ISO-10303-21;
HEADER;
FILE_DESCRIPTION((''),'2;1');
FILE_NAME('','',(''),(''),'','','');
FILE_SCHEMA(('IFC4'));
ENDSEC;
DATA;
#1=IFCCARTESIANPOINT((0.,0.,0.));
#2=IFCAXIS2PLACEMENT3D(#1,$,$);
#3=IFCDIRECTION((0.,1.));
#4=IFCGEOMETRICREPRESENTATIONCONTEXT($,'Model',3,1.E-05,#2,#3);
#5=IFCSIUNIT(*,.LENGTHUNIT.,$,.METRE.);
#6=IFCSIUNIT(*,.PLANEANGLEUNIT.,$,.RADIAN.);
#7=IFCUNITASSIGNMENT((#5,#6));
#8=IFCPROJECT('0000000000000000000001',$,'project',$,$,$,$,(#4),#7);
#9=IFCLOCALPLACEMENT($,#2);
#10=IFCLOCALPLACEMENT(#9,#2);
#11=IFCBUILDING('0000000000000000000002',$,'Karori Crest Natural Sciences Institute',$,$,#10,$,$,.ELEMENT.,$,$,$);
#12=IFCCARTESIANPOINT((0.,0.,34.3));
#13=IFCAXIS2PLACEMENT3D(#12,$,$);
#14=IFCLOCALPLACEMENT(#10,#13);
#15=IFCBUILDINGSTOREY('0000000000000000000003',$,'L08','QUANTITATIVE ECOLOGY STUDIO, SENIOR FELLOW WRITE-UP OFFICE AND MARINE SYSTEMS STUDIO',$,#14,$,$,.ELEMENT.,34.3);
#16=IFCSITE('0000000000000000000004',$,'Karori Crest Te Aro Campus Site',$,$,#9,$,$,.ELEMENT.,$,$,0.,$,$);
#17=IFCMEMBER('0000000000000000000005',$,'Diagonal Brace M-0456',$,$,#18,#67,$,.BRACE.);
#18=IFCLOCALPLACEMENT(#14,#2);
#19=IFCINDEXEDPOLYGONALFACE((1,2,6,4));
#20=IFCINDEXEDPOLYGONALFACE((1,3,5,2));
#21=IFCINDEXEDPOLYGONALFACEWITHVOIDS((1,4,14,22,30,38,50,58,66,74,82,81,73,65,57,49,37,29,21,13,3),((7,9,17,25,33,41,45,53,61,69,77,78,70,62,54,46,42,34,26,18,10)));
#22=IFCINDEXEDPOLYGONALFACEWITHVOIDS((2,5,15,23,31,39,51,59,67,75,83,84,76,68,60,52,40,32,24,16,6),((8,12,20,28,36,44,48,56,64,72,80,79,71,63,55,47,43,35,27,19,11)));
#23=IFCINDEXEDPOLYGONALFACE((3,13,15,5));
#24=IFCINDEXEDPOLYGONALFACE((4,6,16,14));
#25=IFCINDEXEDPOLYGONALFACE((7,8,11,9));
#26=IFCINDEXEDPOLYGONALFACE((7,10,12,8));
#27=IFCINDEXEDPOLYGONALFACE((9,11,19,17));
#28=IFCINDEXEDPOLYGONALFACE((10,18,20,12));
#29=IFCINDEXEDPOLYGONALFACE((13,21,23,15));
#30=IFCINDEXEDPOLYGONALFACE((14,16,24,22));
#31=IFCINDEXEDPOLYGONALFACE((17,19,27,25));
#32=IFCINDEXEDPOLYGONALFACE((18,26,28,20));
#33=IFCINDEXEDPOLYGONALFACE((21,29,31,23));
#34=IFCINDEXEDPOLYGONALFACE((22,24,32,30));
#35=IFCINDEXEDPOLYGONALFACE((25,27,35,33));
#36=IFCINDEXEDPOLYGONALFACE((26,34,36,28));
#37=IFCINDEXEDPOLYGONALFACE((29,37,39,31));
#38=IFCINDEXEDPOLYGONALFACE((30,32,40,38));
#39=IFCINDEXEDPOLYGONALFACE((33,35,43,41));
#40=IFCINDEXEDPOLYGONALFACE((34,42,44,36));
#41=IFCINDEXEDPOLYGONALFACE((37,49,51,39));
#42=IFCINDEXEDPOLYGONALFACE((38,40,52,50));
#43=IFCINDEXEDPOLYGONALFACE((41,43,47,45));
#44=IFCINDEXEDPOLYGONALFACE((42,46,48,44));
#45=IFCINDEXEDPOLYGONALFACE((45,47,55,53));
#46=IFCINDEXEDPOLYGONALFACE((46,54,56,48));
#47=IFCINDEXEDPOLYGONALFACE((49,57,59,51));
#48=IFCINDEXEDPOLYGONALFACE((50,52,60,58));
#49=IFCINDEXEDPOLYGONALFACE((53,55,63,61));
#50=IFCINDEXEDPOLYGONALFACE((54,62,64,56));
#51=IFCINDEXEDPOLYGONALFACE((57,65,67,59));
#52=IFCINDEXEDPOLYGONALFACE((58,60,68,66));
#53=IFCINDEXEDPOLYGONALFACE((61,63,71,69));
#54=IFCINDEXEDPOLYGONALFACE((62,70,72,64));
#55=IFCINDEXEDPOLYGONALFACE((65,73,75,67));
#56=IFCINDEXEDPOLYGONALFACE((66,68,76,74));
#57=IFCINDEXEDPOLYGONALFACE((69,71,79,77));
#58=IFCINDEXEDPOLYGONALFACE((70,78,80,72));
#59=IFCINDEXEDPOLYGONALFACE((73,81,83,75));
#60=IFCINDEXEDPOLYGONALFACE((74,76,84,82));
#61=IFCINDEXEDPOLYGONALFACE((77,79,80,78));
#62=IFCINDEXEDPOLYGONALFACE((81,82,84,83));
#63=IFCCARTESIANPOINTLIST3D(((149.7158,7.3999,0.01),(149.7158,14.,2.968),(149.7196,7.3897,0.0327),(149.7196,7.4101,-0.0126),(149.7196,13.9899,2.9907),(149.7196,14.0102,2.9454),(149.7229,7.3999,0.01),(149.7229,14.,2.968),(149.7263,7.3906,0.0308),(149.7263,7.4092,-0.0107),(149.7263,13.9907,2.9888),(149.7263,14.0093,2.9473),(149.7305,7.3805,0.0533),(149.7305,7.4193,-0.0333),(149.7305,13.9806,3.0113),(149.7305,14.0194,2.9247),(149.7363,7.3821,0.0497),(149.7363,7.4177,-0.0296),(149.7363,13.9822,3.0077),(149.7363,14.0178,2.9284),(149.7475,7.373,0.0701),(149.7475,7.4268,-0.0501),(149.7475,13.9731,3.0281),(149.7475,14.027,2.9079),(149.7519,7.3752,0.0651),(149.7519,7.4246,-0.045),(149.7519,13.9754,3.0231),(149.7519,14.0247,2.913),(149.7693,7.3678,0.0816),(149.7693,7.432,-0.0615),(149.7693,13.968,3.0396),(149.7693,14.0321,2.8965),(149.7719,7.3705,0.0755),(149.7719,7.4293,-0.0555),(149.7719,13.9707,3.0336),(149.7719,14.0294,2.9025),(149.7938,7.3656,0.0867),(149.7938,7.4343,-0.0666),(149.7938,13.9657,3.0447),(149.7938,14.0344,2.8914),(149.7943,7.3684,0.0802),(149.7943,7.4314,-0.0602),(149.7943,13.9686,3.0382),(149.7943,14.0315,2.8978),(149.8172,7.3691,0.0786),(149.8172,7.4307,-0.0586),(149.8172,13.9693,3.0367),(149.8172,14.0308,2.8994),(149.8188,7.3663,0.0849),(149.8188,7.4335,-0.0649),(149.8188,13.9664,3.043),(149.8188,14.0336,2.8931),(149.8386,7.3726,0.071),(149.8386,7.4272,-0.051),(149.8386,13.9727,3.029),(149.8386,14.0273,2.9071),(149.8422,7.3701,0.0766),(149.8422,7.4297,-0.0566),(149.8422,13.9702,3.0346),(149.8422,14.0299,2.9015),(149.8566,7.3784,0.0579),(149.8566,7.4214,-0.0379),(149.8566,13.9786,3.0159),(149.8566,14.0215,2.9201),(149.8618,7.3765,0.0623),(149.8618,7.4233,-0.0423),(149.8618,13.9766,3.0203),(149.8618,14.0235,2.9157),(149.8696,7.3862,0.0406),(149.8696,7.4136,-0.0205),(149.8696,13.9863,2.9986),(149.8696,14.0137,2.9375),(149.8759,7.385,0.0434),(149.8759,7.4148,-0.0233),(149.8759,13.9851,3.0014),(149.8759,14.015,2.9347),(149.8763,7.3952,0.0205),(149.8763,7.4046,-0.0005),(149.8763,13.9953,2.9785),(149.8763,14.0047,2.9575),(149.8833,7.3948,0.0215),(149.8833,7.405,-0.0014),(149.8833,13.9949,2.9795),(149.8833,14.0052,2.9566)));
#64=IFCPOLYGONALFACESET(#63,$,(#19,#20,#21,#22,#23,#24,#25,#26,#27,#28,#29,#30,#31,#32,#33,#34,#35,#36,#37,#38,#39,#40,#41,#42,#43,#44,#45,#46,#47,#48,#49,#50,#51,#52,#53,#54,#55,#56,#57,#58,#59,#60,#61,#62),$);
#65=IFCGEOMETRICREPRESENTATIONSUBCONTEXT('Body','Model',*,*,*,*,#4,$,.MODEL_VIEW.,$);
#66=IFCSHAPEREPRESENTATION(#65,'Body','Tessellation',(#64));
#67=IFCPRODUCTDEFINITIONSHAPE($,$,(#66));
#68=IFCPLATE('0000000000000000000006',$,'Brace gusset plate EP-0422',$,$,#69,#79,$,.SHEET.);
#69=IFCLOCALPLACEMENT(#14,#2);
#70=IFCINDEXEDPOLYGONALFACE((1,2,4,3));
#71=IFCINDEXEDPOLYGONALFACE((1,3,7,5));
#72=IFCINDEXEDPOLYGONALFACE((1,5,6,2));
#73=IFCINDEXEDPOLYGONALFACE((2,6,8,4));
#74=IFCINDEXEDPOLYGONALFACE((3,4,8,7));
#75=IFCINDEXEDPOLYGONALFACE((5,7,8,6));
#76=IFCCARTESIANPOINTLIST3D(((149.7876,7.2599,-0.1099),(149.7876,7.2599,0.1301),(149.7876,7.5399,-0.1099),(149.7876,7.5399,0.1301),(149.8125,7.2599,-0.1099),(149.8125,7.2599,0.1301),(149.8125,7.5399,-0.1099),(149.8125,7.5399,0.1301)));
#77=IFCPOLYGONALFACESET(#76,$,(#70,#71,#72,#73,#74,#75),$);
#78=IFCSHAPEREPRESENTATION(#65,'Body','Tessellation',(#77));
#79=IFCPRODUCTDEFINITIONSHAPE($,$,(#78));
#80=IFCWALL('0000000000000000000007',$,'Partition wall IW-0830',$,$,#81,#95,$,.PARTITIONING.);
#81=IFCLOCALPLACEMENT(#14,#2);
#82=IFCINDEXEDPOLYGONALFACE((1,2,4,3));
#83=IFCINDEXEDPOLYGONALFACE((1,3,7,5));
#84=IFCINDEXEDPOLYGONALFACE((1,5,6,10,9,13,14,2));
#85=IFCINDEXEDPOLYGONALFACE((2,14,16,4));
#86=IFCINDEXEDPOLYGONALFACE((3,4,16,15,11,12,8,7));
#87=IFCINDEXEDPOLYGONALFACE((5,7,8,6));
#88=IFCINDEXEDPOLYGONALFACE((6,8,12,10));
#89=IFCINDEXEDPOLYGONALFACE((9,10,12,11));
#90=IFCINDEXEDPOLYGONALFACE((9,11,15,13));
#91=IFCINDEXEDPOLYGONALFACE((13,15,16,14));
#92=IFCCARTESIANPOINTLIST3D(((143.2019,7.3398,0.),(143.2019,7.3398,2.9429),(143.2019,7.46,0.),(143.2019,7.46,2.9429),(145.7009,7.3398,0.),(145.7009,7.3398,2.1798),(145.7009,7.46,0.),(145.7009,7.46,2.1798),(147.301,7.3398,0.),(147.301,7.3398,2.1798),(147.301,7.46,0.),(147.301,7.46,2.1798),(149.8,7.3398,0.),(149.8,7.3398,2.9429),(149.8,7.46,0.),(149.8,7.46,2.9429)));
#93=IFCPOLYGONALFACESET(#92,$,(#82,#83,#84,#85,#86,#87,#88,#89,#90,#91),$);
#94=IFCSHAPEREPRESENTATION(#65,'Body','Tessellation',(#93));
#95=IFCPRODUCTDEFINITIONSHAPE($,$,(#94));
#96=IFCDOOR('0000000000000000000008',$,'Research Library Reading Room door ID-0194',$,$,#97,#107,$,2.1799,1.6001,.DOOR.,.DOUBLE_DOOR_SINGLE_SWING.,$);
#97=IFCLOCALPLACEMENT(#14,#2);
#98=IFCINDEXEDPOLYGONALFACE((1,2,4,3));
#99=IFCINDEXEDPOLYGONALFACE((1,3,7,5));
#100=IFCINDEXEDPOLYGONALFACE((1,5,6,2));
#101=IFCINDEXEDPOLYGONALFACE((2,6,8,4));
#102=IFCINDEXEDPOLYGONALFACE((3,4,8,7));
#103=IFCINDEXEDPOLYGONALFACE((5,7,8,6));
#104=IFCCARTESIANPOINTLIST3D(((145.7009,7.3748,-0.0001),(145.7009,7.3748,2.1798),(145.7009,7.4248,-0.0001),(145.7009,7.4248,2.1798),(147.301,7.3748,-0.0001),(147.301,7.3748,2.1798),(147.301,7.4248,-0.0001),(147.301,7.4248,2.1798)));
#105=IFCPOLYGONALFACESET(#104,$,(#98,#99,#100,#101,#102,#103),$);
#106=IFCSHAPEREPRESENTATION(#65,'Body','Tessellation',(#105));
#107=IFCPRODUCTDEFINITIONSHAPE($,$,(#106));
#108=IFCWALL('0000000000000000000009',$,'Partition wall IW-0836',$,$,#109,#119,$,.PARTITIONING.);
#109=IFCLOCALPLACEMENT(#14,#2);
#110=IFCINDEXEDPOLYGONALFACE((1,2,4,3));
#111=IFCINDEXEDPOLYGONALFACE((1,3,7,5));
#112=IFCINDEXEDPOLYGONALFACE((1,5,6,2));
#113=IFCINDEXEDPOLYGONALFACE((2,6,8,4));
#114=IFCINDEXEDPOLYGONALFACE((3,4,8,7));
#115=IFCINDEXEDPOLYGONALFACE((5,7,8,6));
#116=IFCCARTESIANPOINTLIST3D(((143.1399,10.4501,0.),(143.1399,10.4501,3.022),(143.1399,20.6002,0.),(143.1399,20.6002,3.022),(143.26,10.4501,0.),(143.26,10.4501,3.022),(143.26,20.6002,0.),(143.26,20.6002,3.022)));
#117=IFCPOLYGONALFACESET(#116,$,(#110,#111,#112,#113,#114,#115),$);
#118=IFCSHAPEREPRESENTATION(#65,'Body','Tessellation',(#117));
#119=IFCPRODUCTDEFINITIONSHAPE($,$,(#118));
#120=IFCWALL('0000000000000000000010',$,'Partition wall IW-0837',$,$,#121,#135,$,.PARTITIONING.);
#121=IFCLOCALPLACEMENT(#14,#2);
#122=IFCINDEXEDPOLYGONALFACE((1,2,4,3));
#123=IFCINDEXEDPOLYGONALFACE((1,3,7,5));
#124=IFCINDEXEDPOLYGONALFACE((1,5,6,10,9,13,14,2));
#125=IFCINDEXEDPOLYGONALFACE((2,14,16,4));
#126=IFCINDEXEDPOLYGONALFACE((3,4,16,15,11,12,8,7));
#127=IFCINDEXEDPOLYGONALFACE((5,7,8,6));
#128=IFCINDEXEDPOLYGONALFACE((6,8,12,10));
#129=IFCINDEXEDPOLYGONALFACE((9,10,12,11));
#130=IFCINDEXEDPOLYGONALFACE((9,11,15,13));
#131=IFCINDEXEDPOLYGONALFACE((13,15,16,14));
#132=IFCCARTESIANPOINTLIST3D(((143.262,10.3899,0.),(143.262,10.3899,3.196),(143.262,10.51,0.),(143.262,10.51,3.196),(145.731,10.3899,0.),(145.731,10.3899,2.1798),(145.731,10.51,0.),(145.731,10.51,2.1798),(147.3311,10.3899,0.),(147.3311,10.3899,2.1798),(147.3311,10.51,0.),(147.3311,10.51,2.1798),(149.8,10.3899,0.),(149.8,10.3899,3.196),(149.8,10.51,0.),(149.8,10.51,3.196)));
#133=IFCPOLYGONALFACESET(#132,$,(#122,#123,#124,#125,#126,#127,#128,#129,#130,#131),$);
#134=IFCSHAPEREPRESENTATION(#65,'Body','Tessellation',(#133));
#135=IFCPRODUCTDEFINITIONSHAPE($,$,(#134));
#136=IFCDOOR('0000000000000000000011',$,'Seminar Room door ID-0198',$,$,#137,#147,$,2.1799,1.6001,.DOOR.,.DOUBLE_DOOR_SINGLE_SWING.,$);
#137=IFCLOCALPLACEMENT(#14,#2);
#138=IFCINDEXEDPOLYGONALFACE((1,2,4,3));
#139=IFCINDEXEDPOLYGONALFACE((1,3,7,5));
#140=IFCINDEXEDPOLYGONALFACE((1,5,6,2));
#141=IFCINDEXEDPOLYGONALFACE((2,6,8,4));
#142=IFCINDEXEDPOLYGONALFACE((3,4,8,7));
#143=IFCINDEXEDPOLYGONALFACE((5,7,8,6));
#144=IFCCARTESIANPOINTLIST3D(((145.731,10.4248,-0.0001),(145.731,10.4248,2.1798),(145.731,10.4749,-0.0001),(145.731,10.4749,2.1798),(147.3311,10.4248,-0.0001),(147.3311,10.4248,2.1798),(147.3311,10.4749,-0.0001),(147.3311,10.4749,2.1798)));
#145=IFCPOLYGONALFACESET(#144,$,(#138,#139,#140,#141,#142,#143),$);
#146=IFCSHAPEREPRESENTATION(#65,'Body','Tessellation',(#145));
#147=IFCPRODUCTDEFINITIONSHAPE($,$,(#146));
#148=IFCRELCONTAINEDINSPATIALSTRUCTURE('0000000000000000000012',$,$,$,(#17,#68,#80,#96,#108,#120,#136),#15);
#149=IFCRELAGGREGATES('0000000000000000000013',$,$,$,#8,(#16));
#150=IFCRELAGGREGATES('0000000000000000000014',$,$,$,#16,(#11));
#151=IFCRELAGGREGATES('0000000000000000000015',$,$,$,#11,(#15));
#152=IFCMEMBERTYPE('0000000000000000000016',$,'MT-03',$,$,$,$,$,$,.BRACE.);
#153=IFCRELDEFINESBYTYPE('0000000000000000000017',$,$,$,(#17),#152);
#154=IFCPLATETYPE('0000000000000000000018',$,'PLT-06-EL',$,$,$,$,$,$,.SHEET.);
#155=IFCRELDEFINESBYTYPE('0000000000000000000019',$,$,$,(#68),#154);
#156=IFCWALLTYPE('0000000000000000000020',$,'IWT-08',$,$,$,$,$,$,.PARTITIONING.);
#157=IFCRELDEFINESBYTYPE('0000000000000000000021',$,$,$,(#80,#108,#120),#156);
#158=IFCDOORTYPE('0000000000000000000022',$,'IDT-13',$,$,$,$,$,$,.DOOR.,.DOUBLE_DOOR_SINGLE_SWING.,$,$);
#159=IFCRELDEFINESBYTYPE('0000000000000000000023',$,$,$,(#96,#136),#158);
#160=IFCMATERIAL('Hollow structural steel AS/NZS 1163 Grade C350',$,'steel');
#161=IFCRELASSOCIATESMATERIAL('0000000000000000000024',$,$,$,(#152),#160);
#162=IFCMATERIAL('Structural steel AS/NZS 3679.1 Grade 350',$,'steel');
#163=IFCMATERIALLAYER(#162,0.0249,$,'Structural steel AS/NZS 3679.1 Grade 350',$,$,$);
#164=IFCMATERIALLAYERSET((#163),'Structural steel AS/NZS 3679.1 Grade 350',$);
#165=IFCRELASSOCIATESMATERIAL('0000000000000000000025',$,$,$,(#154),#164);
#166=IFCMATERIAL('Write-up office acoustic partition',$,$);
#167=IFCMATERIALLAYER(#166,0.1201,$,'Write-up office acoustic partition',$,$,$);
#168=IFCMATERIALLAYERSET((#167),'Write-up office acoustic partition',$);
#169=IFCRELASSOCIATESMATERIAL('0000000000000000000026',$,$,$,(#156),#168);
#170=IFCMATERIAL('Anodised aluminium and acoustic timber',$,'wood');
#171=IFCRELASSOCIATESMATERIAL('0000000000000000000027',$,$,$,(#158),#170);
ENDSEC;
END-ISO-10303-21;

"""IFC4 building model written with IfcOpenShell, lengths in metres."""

from ifc_helpers import new_model, si_unit, direction, frame, frame_2d, origin, origin_2d, place, context, subcontext, project, spatial, rectangle, hollow_circle, extrude, material, layer, layer_set, material_profile, profile_set, type_object, element, fill, save


model = new_model("IFC4")

# Units and contexts
model_context = context("Model", 3, precision=1e-05, world=origin(), true_north=direction((0.0, 1.0)))
body_context = subcontext(model_context, "Body", "Model", "MODEL_VIEW")
ifc_project = project(units=[si_unit("LENGTHUNIT", "METRE"), si_unit("PLANEANGLEUNIT", "RADIAN")], contexts=[model_context])

# Site, building, storey
site_placement = place(None, origin())
site = spatial("IfcSite", under=ifc_project, at=site_placement, Name="Karori Crest Te Aro Campus Site", CompositionType="ELEMENT", RefElevation=0.0)
building_placement = place(site_placement, origin())
building = spatial("IfcBuilding", under=site, at=building_placement, Name="Karori Crest Natural Sciences Institute", CompositionType="ELEMENT")
storey_placement = place(building_placement, frame((0.0, 0.0, 34.3)))
storey = spatial("IfcBuildingStorey", under=building, at=storey_placement, Name="L08", Description="QUANTITATIVE ECOLOGY STUDIO, SENIOR FELLOW WRITE-UP OFFICE AND MARINE SYSTEMS STUDIO", CompositionType="ELEMENT", Elevation=34.3)

# Shared definitions
ifc_material_1 = material(Name="Structural steel AS/NZS 3679.1 Grade 350", Category="steel")

# Member
ifc_material_2 = material(Name="Hollow structural steel AS/NZS 1163 Grade C350", Category="steel")
ifc_material_profile_1 = material_profile(ifc_material_2, hollow_circle(Radius=0.0842, WallThickness=0.0071, at=origin_2d()), Name="CHS168.3x7.1")
ifc_profile_set_1 = profile_set([ifc_material_profile_1], Name="Hollow structural steel AS/NZS 1163 Grade C350")
member_type = type_object("IfcMemberType", Name="MT-03", PredefinedType="BRACE", material=ifc_profile_set_1)
member_placement = place(storey_placement, frame((149.8, 7.3999, 0.01), z_axis=(0.0, 0.912543, 0.40898), x_axis=(-1.0, 0.0, 0.0)))
element("IfcMember", 1, at=member_placement, inside=storey, type_object=member_type, Name="Diagonal Brace M-0456", PredefinedType="BRACE", context=body_context, shape_type="SweptSolid", body=[
    extrude(hollow_circle(Radius=0.0842, WallThickness=0.0071, at=origin_2d()), origin(), (0.0, 0.0, 1.0), 7.2327),
])

# Plate
ifc_layer_1 = layer(ifc_material_1, 0.0249, Name="Structural steel AS/NZS 3679.1 Grade 350")
ifc_layer_set_1 = layer_set([ifc_layer_1], Name="Structural steel AS/NZS 3679.1 Grade 350")
plate_type = type_object("IfcPlateType", Name="PLT-06-EL", PredefinedType="SHEET", material=ifc_layer_set_1)
plate_placement = place(storey_placement, frame((149.8, 7.3999, -0.1099), z_axis=(0.0, 0.0, 1.0), x_axis=(0.0, 1.0, 0.0)))
element("IfcPlate", 2, at=plate_placement, inside=storey, type_object=plate_type, Name="Brace gusset plate EP-0422", PredefinedType="SHEET", context=body_context, shape_type="SweptSolid", body=[
    extrude(rectangle(XDim=0.28, YDim=0.0249, at=origin_2d()), origin(), (0.0, 0.0, 1.0), 0.24),
])

# Wall, opening, door
ifc_material_3 = material(Name="Write-up office acoustic partition")
ifc_layer_2 = layer(ifc_material_3, 0.1201, Name="Write-up office acoustic partition")
ifc_layer_set_2 = layer_set([ifc_layer_2], Name="Write-up office acoustic partition")
wall_type = type_object("IfcWallType", Name="IWT-08", PredefinedType="PARTITIONING", material=ifc_layer_set_2)
wall_1_placement = place(storey_placement, frame((143.2019, 7.3999, 0.0), z_axis=(0.0, 0.0, 1.0), x_axis=(1.0, 0.0, 0.0)))
wall_1 = element("IfcWall", 3, at=wall_1_placement, inside=storey, type_object=wall_type, Name="Partition wall IW-0830", PredefinedType="PARTITIONING", context=body_context, shape_type="SweptSolid", body=[
    extrude(rectangle(XDim=6.5981, YDim=0.1201, at=frame_2d((3.2991, 0.0))), origin(), (0.0, 0.0, 1.0), 2.9429),
])
opening_1_placement = place(wall_1_placement, frame((2.499, 0.0, 0.0)))
opening_1 = element("IfcOpeningElement", 4, at=opening_1_placement, cuts=wall_1, PredefinedType="OPENING", context=body_context, shape_type="SweptSolid", body=[
    extrude(rectangle(XDim=1.6001, YDim=2.1799, at=frame_2d((0.8, 1.0898))), frame((0.0, 0.0701, 0.0), z_axis=(0.0, -1.0, 0.0), x_axis=(1.0, 0.0, 0.0)), (0.0, 0.0, 1.0), 0.1401),
])
ifc_material_4 = material(Name="Anodised aluminium and acoustic timber", Category="wood")
door_type = type_object("IfcDoorType", Name="IDT-13", OperationType="DOUBLE_DOOR_SINGLE_SWING", PredefinedType="DOOR", material=ifc_material_4)
door_1_placement = place(opening_1_placement, origin())
door_1 = element("IfcDoor", 5, at=door_1_placement, inside=storey, type_object=door_type, Name="Research Library Reading Room door ID-0194", OperationType="DOUBLE_DOOR_SINGLE_SWING", OverallHeight=2.1799, OverallWidth=1.6001, PredefinedType="DOOR", context=body_context, shape_type="SweptSolid", body=[
    extrude(rectangle(XDim=1.6001, YDim=2.1799, at=frame_2d((0.8, 1.0898))), frame((0.0, 0.0249, 0.0), z_axis=(0.0, -1.0, 0.0), x_axis=(1.0, 0.0, 0.0)), (0.0, 0.0, 1.0), 0.05),
])
fill(opening_1, door_1)

# Wall
wall_2_placement = place(storey_placement, frame((143.2, 10.45, 0.0), z_axis=(0.0, 0.0, 1.0), x_axis=(0.0, 1.0, 0.0)))
element("IfcWall", 6, at=wall_2_placement, inside=storey, type_object=wall_type, Name="Partition wall IW-0836", PredefinedType="PARTITIONING", context=body_context, shape_type="SweptSolid", body=[
    extrude(rectangle(XDim=10.1501, YDim=0.1201, at=frame_2d((5.0752, 0.0))), origin(), (0.0, 0.0, 1.0), 3.022),
])

# Wall, opening, door
wall_3_placement = place(storey_placement, frame((143.262, 10.45, 0.0), z_axis=(0.0, 0.0, 1.0), x_axis=(1.0, 0.0, 0.0)))
wall_3 = element("IfcWall", 7, at=wall_3_placement, inside=storey, type_object=wall_type, Name="Partition wall IW-0837", PredefinedType="PARTITIONING", context=body_context, shape_type="SweptSolid", body=[
    extrude(rectangle(XDim=6.5381, YDim=0.1201, at=frame_2d((3.269, 0.0))), origin(), (0.0, 0.0, 1.0), 3.196),
])
opening_2_placement = place(wall_3_placement, frame((2.469, 0.0, 0.0)))
opening_2 = element("IfcOpeningElement", 8, at=opening_2_placement, cuts=wall_3, PredefinedType="OPENING", context=body_context, shape_type="SweptSolid", body=[
    extrude(rectangle(XDim=1.6001, YDim=2.1799, at=frame_2d((0.8, 1.0898))), frame((0.0, 0.0701, 0.0), z_axis=(0.0, -1.0, 0.0), x_axis=(1.0, 0.0, 0.0)), (0.0, 0.0, 1.0), 0.1401),
])
door_2_placement = place(opening_2_placement, origin())
door_2 = element("IfcDoor", 9, at=door_2_placement, inside=storey, type_object=door_type, Name="Seminar Room door ID-0198", OperationType="DOUBLE_DOOR_SINGLE_SWING", OverallHeight=2.1799, OverallWidth=1.6001, PredefinedType="DOOR", context=body_context, shape_type="SweptSolid", body=[
    extrude(rectangle(XDim=1.6001, YDim=2.1799, at=frame_2d((0.8, 1.0898))), frame((0.0, 0.0249, 0.0), z_axis=(0.0, -1.0, 0.0), x_axis=(1.0, 0.0, 0.0)), (0.0, 0.0, 1.0), 0.05),
])
fill(opening_2, door_2)

save(model, "model.ifc")
